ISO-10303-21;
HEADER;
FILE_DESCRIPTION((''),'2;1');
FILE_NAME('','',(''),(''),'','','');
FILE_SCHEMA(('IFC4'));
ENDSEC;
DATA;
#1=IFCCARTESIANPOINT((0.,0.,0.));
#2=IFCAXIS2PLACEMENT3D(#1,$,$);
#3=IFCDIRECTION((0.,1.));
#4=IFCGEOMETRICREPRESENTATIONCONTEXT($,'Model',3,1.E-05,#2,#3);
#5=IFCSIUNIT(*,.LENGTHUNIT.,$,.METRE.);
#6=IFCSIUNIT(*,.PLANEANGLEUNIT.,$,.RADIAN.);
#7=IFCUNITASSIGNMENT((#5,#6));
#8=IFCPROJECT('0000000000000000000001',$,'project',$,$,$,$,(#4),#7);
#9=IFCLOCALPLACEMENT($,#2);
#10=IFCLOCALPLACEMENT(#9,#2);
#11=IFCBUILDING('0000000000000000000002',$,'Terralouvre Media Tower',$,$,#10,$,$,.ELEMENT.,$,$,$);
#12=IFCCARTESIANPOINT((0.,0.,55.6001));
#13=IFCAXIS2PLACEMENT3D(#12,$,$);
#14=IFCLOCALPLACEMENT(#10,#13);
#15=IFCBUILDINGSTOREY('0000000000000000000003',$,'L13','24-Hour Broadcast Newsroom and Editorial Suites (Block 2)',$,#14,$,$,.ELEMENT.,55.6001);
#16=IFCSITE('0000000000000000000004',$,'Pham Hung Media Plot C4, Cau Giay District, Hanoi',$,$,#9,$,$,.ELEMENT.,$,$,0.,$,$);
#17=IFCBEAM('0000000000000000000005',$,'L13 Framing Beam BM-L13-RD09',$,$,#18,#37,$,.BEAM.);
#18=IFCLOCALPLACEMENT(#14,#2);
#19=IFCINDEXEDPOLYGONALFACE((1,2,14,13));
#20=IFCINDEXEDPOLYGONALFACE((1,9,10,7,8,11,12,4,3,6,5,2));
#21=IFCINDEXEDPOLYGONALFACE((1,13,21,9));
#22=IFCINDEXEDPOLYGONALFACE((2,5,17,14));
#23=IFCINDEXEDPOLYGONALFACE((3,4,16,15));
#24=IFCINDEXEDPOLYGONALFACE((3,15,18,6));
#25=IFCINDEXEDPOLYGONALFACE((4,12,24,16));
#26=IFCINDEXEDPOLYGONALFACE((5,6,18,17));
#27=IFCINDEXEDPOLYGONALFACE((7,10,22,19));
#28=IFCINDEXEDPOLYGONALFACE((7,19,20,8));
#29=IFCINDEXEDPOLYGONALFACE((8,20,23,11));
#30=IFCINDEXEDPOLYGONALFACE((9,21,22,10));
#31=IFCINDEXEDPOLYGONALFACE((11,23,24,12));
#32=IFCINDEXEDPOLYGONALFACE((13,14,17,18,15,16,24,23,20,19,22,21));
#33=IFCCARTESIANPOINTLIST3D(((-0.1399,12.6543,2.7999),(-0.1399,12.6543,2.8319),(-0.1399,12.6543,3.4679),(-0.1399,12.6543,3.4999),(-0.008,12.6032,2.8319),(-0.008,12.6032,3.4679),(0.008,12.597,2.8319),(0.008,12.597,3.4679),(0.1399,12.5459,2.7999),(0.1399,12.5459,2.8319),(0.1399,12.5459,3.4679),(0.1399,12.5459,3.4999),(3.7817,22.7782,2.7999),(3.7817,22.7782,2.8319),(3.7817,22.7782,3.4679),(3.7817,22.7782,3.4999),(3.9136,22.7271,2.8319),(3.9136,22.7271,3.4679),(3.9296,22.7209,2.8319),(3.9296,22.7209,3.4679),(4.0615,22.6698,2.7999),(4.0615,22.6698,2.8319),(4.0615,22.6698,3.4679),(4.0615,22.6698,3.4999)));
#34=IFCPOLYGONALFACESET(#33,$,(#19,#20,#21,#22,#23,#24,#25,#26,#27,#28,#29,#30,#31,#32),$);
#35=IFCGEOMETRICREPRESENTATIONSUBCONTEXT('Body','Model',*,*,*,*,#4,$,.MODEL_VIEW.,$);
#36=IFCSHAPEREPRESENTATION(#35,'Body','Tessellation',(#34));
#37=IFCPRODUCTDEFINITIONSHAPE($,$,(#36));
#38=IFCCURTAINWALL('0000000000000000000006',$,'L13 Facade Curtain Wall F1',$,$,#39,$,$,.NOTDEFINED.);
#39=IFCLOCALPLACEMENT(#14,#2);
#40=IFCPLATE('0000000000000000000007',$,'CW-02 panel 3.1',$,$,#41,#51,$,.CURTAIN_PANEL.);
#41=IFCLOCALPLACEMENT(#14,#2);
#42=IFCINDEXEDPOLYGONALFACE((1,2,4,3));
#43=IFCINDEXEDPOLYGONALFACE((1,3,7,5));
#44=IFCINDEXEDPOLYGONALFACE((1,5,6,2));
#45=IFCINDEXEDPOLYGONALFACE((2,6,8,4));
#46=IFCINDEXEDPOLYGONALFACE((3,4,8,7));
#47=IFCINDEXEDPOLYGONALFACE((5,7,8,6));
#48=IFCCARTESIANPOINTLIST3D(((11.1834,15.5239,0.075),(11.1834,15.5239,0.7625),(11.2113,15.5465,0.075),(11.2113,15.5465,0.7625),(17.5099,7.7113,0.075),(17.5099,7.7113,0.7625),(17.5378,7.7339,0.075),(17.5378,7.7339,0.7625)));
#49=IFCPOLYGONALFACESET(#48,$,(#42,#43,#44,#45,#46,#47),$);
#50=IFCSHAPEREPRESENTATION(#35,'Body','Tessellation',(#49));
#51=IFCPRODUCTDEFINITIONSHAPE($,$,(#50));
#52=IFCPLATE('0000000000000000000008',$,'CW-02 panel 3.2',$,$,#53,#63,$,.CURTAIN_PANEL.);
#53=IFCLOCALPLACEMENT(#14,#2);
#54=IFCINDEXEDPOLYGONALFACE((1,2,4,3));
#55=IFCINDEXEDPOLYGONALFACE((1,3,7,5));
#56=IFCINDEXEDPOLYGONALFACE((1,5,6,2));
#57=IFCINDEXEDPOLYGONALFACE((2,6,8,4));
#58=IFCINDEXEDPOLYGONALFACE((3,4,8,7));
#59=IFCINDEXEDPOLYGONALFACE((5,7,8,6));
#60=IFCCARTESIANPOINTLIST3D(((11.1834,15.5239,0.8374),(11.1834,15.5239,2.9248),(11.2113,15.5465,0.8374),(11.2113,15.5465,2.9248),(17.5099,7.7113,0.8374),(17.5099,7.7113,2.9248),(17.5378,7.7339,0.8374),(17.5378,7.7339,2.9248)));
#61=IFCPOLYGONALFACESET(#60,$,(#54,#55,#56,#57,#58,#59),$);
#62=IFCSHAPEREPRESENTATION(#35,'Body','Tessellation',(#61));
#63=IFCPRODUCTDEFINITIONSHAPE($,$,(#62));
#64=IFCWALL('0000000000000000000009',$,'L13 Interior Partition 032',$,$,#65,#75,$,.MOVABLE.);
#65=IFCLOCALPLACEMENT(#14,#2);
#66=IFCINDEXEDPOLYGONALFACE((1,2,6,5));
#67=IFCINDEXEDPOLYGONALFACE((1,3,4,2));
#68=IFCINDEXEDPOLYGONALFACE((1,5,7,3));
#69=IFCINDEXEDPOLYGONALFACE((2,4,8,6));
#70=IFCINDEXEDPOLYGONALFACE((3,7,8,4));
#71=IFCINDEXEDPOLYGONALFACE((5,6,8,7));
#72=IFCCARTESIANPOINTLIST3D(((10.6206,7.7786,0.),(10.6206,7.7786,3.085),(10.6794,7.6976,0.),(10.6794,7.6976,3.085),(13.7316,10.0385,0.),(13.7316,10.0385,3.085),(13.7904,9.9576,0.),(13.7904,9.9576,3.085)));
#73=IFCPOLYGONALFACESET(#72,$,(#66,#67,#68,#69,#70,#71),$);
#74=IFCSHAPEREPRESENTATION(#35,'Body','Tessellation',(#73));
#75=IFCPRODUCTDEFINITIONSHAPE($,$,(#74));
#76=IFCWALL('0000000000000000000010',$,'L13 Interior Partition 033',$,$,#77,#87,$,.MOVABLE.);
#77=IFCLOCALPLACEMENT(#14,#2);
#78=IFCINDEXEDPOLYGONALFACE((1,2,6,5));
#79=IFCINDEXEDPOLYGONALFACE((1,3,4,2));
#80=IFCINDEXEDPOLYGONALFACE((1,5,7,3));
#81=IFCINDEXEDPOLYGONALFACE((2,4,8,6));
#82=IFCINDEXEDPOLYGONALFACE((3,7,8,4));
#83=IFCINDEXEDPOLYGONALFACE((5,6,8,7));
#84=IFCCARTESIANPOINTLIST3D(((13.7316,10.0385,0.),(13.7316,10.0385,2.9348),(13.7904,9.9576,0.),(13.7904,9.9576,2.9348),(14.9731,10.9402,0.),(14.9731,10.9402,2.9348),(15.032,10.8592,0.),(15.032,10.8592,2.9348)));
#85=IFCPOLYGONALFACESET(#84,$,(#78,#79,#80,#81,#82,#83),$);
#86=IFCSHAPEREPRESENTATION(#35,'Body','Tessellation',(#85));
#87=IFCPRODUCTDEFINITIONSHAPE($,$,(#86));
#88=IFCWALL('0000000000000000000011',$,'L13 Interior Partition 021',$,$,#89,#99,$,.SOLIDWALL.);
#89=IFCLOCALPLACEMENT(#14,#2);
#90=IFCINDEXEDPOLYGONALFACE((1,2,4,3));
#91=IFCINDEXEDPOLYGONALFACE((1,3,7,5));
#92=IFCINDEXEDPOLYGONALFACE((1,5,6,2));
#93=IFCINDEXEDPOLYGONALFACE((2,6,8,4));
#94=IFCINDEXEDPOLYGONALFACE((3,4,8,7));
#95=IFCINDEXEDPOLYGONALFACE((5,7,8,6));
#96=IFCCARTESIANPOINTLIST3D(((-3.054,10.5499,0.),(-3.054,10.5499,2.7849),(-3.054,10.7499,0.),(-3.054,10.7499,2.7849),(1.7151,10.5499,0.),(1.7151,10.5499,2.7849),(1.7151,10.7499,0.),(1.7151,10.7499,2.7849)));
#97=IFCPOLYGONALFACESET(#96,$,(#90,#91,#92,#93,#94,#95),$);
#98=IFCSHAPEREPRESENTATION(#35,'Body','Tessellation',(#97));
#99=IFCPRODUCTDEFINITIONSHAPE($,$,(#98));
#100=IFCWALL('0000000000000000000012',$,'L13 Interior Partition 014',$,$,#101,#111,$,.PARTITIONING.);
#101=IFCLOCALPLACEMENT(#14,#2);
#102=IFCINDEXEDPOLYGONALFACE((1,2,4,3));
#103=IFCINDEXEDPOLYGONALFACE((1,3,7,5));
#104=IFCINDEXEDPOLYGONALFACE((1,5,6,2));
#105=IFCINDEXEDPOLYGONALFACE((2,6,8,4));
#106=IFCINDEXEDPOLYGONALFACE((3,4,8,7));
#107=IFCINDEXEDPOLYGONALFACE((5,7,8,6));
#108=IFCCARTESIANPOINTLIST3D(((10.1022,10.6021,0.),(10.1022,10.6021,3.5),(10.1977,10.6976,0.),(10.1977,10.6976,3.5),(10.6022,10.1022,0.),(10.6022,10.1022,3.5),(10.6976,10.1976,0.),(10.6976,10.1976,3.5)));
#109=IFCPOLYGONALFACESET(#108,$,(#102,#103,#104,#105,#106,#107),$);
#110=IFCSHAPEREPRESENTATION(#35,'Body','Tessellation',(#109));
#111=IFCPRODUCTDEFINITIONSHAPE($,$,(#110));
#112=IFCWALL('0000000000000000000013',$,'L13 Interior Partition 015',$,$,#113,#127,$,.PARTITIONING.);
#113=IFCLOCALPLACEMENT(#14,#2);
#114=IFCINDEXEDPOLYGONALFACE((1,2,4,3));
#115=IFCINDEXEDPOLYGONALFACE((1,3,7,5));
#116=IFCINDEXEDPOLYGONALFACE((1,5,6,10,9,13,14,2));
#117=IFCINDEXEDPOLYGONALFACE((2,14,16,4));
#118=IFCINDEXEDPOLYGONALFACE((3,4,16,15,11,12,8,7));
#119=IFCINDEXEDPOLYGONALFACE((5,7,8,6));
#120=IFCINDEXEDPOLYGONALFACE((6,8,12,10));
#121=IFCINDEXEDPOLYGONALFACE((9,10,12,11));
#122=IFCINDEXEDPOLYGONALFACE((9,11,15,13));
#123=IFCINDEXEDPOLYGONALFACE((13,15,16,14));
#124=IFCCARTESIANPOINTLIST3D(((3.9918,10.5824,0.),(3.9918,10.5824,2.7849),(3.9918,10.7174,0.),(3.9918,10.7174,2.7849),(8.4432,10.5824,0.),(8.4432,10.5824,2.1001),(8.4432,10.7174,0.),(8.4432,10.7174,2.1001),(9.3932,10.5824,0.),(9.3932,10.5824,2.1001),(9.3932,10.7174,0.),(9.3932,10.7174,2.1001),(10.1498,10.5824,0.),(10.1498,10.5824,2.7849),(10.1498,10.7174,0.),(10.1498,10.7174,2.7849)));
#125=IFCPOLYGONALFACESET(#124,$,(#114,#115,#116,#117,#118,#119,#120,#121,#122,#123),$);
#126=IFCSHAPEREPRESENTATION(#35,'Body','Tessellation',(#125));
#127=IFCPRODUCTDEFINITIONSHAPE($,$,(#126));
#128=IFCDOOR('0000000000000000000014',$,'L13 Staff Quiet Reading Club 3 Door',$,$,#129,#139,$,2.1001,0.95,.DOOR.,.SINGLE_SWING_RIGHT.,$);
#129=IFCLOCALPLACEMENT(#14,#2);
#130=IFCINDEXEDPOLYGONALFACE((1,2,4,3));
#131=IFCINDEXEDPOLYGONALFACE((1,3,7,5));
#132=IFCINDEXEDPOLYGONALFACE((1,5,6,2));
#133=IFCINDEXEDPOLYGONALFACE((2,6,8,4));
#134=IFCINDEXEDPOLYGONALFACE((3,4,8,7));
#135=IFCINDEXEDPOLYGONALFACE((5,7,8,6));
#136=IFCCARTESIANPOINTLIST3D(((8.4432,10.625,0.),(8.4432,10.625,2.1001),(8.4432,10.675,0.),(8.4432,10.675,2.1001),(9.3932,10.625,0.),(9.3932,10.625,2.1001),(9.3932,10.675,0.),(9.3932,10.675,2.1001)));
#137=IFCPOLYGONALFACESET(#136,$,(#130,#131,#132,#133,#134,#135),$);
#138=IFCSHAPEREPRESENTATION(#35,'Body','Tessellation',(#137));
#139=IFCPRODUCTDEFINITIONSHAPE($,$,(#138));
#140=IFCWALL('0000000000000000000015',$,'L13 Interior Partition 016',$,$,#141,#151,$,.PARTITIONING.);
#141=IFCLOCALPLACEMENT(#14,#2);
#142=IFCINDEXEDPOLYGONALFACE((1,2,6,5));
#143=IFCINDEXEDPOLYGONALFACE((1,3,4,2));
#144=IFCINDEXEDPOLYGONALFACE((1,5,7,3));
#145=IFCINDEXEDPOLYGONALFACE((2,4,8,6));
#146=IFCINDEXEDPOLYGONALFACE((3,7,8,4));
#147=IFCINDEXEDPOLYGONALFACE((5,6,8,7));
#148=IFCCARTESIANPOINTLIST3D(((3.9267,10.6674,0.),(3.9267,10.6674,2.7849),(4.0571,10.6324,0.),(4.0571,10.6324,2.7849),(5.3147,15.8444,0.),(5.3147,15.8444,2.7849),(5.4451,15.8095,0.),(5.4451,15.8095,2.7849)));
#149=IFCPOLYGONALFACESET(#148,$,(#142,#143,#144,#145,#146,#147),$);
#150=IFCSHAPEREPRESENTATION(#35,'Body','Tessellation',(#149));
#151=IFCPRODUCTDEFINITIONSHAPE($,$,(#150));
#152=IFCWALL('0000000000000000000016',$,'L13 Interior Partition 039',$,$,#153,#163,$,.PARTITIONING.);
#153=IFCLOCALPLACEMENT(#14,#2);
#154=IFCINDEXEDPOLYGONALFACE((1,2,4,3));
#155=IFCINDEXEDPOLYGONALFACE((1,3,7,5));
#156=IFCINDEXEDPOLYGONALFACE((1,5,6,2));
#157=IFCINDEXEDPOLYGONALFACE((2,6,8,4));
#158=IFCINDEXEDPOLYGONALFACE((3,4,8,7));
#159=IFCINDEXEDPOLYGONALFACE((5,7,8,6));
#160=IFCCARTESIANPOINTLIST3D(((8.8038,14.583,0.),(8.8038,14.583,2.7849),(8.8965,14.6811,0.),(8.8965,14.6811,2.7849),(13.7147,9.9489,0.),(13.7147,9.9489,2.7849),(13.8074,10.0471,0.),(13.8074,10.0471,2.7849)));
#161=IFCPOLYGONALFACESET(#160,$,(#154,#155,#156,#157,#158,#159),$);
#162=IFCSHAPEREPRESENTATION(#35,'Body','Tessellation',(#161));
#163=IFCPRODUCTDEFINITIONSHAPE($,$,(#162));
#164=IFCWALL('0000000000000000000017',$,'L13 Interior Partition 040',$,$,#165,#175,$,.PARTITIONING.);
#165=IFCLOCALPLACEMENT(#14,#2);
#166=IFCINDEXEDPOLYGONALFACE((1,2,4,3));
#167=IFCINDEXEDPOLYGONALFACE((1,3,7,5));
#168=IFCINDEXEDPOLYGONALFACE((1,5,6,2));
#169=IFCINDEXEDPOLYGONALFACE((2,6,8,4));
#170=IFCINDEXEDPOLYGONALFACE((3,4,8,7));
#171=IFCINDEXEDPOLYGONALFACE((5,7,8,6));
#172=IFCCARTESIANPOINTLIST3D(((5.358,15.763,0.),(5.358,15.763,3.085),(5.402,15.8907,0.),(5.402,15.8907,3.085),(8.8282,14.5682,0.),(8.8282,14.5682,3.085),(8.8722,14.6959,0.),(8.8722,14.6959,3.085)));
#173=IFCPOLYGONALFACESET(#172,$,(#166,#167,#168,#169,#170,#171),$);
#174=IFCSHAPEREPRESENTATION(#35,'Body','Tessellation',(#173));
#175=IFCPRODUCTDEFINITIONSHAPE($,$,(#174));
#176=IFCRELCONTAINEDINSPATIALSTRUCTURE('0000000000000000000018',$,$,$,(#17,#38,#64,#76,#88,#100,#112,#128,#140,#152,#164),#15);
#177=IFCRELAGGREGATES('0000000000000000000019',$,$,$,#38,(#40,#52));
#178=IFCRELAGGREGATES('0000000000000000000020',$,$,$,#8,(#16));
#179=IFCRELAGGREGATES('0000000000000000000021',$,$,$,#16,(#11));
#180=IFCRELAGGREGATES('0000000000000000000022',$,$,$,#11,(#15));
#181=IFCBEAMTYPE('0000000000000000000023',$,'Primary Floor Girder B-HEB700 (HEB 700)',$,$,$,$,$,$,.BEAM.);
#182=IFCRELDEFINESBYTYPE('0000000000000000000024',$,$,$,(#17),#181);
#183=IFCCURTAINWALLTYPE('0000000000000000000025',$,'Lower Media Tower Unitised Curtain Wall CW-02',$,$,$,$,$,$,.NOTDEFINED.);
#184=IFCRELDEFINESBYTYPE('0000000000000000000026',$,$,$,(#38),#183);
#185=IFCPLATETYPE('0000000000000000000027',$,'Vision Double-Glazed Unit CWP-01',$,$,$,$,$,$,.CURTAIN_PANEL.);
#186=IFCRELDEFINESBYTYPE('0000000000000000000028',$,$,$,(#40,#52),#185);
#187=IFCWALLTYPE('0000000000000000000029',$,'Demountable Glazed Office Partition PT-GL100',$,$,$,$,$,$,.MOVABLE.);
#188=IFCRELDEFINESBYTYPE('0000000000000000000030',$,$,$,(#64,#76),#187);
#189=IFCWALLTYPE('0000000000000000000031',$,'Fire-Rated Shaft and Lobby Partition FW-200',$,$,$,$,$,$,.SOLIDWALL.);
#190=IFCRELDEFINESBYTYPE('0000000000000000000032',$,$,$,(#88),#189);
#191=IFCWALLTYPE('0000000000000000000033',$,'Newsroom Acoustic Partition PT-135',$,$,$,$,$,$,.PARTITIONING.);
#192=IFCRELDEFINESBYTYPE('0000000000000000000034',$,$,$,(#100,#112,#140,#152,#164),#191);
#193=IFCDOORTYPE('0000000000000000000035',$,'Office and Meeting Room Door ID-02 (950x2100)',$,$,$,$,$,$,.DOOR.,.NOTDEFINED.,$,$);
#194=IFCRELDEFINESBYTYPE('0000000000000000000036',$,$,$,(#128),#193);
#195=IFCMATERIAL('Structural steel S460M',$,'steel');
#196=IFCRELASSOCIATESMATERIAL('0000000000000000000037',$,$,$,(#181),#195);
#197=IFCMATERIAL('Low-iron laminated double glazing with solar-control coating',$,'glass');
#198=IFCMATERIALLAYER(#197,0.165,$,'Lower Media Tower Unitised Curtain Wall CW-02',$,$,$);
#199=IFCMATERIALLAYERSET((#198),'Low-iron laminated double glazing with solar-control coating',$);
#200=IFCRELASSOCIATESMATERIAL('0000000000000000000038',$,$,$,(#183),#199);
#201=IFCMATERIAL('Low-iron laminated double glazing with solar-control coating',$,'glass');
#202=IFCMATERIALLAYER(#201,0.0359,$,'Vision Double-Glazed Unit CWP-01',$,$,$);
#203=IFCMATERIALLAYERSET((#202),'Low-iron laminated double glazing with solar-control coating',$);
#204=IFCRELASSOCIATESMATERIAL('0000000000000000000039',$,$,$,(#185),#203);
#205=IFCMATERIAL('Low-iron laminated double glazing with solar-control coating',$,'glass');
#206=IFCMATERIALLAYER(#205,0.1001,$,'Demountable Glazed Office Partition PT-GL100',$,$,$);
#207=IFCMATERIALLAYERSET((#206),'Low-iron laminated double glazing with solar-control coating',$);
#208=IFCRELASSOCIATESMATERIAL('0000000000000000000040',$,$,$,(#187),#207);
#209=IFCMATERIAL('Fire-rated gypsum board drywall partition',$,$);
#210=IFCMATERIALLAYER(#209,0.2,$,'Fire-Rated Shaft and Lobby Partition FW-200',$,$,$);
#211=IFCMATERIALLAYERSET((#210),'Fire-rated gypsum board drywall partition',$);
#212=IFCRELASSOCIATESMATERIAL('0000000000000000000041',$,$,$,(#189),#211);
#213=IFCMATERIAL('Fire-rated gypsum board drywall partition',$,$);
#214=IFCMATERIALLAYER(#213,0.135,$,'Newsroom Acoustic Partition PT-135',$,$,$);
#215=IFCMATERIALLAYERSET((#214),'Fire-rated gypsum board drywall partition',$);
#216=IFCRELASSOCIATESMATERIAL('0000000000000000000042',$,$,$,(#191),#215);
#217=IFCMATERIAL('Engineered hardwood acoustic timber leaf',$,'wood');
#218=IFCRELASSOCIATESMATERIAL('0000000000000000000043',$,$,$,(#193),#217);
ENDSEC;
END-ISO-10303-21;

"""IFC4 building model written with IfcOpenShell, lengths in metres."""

from ifc_helpers import new_model, si_unit, direction, frame, frame_2d, origin, origin_2d, place, context, subcontext, project, spatial, rectangle, i_section, extrude, material, layer, layer_set, material_profile, profile_set, type_object, element, fill, aggregate, save


model = new_model("IFC4")

# Units and contexts
model_context = context("Model", 3, precision=1e-05, world=origin(), true_north=direction((0.0, 1.0)))
body_context = subcontext(model_context, "Body", "Model", "MODEL_VIEW")
ifc_project = project(units=[si_unit("LENGTHUNIT", "METRE"), si_unit("PLANEANGLEUNIT", "RADIAN")], contexts=[model_context])

# Site, building, storey
site_placement = place(None, origin())
site = spatial("IfcSite", under=ifc_project, at=site_placement, Name="Pham Hung Media Plot C4, Cau Giay District, Hanoi", CompositionType="ELEMENT", RefElevation=0.0)
building_placement = place(site_placement, origin())
building = spatial("IfcBuilding", under=site, at=building_placement, Name="Terralouvre Media Tower", CompositionType="ELEMENT")
storey_placement = place(building_placement, frame((0.0, 0.0, 55.6001)))
storey = spatial("IfcBuildingStorey", under=building, at=storey_placement, Name="L13", Description="24-Hour Broadcast Newsroom and Editorial Suites (Block 2)", CompositionType="ELEMENT", Elevation=55.6001)

# Beam
ifc_material_1 = material(Name="Structural steel S460M", Category="steel")
ifc_material_profile_1 = material_profile(ifc_material_1, i_section(OverallWidth=0.3, OverallDepth=0.7, WebThickness=0.0171, FlangeThickness=0.032, at=origin_2d()), Name="HEB 700")
ifc_profile_set_1 = profile_set([ifc_material_profile_1], Name="Structural steel S460M")
beam_type_1 = type_object("IfcBeamType", Name="Primary Floor Girder B-HEB700 (HEB 700)", PredefinedType="BEAM", material=ifc_profile_set_1)
beam_1_placement = place(storey_placement, frame((0.0, 12.6001, 3.1499), z_axis=(0.361207, 0.932486, 0.0), x_axis=(-0.932486, 0.361207, 0.0)))
element("IfcBeam", 1, at=beam_1_placement, inside=storey, type_object=beam_type_1, Name="L13 Framing Beam BM-L13-RD09", PredefinedType="BEAM", context=body_context, shape_type="SweptSolid", body=[
    extrude(i_section(OverallWidth=0.3, OverallDepth=0.7, WebThickness=0.0171, FlangeThickness=0.032, at=origin_2d()), origin(), (0.0, 0.0, 1.0), 10.8569),
])

# Curtain wall, plates
ifc_material_2 = material(Name="Low-iron laminated double glazing with solar-control coating", Category="glass")
ifc_layer_1 = layer(ifc_material_2, 0.165, Name="Lower Media Tower Unitised Curtain Wall CW-02")
ifc_layer_set_1 = layer_set([ifc_layer_1], Name="Low-iron laminated double glazing with solar-control coating")
curtain_wall_type = type_object("IfcCurtainWallType", Name="Lower Media Tower Unitised Curtain Wall CW-02", PredefinedType="NOTDEFINED", material=ifc_layer_set_1)
curtain_wall_placement = place(storey_placement, origin())
curtain_wall = element("IfcCurtainWall", 2, at=curtain_wall_placement, inside=storey, type_object=curtain_wall_type, Name="L13 Facade Curtain Wall F1", PredefinedType="NOTDEFINED")
ifc_material_3 = material(Name="Low-iron laminated double glazing with solar-control coating", Category="glass")
ifc_layer_2 = layer(ifc_material_3, 0.0359, Name="Vision Double-Glazed Unit CWP-01")
ifc_layer_set_2 = layer_set([ifc_layer_2], Name="Low-iron laminated double glazing with solar-control coating")
plate_type = type_object("IfcPlateType", Name="Vision Double-Glazed Unit CWP-01", PredefinedType="CURTAIN_PANEL", material=ifc_layer_set_2)
plate_1_placement = place(storey_placement, frame((14.3606, 11.6289, 0.075), z_axis=(0.0, 0.0, 1.0), x_axis=(-0.62932, 0.777146, 0.0)))
plate_1 = element("IfcPlate", 3, at=plate_1_placement, type_object=plate_type, Name="CW-02 panel 3.1", PredefinedType="CURTAIN_PANEL", context=body_context, shape_type="SweptSolid", body=[
    extrude(rectangle(XDim=10.053, YDim=0.0359, at=origin_2d()), origin(), (0.0, 0.0, 1.0), 0.6875),
])
plate_2_placement = place(storey_placement, frame((14.3606, 11.6289, 0.8374), z_axis=(0.0, 0.0, 1.0), x_axis=(-0.62932, 0.777146, 0.0)))
plate_2 = element("IfcPlate", 4, at=plate_2_placement, type_object=plate_type, Name="CW-02 panel 3.2", PredefinedType="CURTAIN_PANEL", context=body_context, shape_type="SweptSolid", body=[
    extrude(rectangle(XDim=10.053, YDim=0.0359, at=origin_2d()), origin(), (0.0, 0.0, 1.0), 2.0874),
])
aggregate(curtain_wall, [plate_1, plate_2])

# Walls
ifc_material_4 = material(Name="Low-iron laminated double glazing with solar-control coating", Category="glass")
ifc_layer_3 = layer(ifc_material_4, 0.1001, Name="Demountable Glazed Office Partition PT-GL100")
ifc_layer_set_3 = layer_set([ifc_layer_3], Name="Low-iron laminated double glazing with solar-control coating")
wall_type_1 = type_object("IfcWallType", Name="Demountable Glazed Office Partition PT-GL100", PredefinedType="MOVABLE", material=ifc_layer_set_3)
wall_1_placement = place(storey_placement, frame((13.761, 9.998, 0.0), z_axis=(0.0, 0.0, 1.0), x_axis=(-0.809057, -0.58773, 0.0)))
element("IfcWall", 5, at=wall_1_placement, inside=storey, type_object=wall_type_1, Name="L13 Interior Partition 032", PredefinedType="MOVABLE", context=body_context, shape_type="SweptSolid", body=[
    extrude(rectangle(XDim=3.8452, YDim=0.1001, at=frame_2d((1.9226, 0.0))), origin(), (0.0, 0.0, 1.0), 3.085),
])
wall_2_placement = place(storey_placement, frame((15.0024, 10.8997, 0.0), z_axis=(0.0, 0.0, 1.0), x_axis=(-0.809128, -0.587632, 0.0)))
element("IfcWall", 6, at=wall_2_placement, inside=storey, type_object=wall_type_1, Name="L13 Interior Partition 033", PredefinedType="MOVABLE", context=body_context, shape_type="SweptSolid", body=[
    extrude(rectangle(XDim=1.5344, YDim=0.1001, at=frame_2d((0.7671, 0.0))), origin(), (0.0, 0.0, 1.0), 2.9348),
])
ifc_material_5 = material(Name="Fire-rated gypsum board drywall partition")
ifc_layer_4 = layer(ifc_material_5, 0.2, Name="Fire-Rated Shaft and Lobby Partition FW-200")
ifc_layer_set_4 = layer_set([ifc_layer_4], Name="Fire-rated gypsum board drywall partition")
wall_type_2 = type_object("IfcWallType", Name="Fire-Rated Shaft and Lobby Partition FW-200", PredefinedType="SOLIDWALL", material=ifc_layer_set_4)
wall_3_placement = place(storey_placement, frame((1.7151, 10.6499, 0.0), z_axis=(0.0, 0.0, 1.0), x_axis=(-1.0, 0.0, 0.0)))
element("IfcWall", 7, at=wall_3_placement, inside=storey, type_object=wall_type_2, Name="L13 Interior Partition 021", PredefinedType="SOLIDWALL", context=body_context, shape_type="SweptSolid", body=[
    extrude(rectangle(XDim=4.769, YDim=0.2, at=frame_2d((2.3845, 0.0))), origin(), (0.0, 0.0, 1.0), 2.7849),
])
ifc_material_6 = material(Name="Fire-rated gypsum board drywall partition")
ifc_layer_5 = layer(ifc_material_6, 0.135, Name="Newsroom Acoustic Partition PT-135")
ifc_layer_set_5 = layer_set([ifc_layer_5], Name="Fire-rated gypsum board drywall partition")
wall_type_3 = type_object("IfcWallType", Name="Newsroom Acoustic Partition PT-135", PredefinedType="PARTITIONING", material=ifc_layer_set_5)
wall_4_placement = place(storey_placement, frame((10.6499, 10.1499, 0.0), z_axis=(0.0, 0.0, 1.0), x_axis=(-0.707107, 0.707107, 0.0)))
element("IfcWall", 8, at=wall_4_placement, inside=storey, type_object=wall_type_3, Name="L13 Interior Partition 014", PredefinedType="PARTITIONING", context=body_context, shape_type="SweptSolid", body=[
    extrude(rectangle(XDim=0.707, YDim=0.135, at=frame_2d((0.3535, 0.0))), origin(), (0.0, 0.0, 1.0), 3.5),
])

# Wall, opening, door
wall_5_placement = place(storey_placement, frame((10.1499, 10.6499, 0.0), z_axis=(0.0, 0.0, 1.0), x_axis=(-1.0, 0.0, 0.0)))
wall_5 = element("IfcWall", 9, at=wall_5_placement, inside=storey, type_object=wall_type_3, Name="L13 Interior Partition 015", PredefinedType="PARTITIONING", context=body_context, shape_type="SweptSolid", body=[
    extrude(rectangle(XDim=6.158, YDim=0.135, at=frame_2d((3.0791, 0.0))), origin(), (0.0, 0.0, 1.0), 2.7849),
])
opening_placement = place(wall_5_placement, frame((0.7566, 0.0, 0.0)))
opening = element("IfcOpeningElement", 10, at=opening_placement, cuts=wall_5, PredefinedType="OPENING", context=body_context, shape_type="SweptSolid", body=[
    extrude(rectangle(XDim=0.95, YDim=2.1001, at=frame_2d((0.4751, 1.05))), frame((0.0, 0.0774, 0.0), z_axis=(0.0, -1.0, 0.0), x_axis=(1.0, 0.0, 0.0)), (0.0, 0.0, 1.0), 0.155),
])
ifc_material_7 = material(Name="Engineered hardwood acoustic timber leaf", Category="wood")
door_type = type_object("IfcDoorType", Name="Office and Meeting Room Door ID-02 (950x2100)", OperationType="NOTDEFINED", PredefinedType="DOOR", material=ifc_material_7)
door_placement = place(opening_placement, origin())
door = element("IfcDoor", 11, at=door_placement, inside=storey, type_object=door_type, Name="L13 Staff Quiet Reading Club 3 Door", OperationType="SINGLE_SWING_RIGHT", OverallHeight=2.1001, OverallWidth=0.95, PredefinedType="DOOR", context=body_context, shape_type="SweptSolid", body=[
    extrude(rectangle(XDim=0.95, YDim=2.1001, at=frame_2d((0.4751, 1.05))), frame((0.0, 0.0249, 0.0), z_axis=(0.0, -1.0, 0.0), x_axis=(1.0, 0.0, 0.0)), (0.0, 0.0, 1.0), 0.05),
])
fill(opening, door)

# Walls
wall_6_placement = place(storey_placement, frame((3.9919, 10.6499, 0.0), z_axis=(0.0, 0.0, 1.0), x_axis=(0.258952, 0.96589, 0.0)))
element("IfcWall", 12, at=wall_6_placement, inside=storey, type_object=wall_type_3, Name="L13 Interior Partition 016", PredefinedType="PARTITIONING", context=body_context, shape_type="SweptSolid", body=[
    extrude(rectangle(XDim=5.3599, YDim=0.135, at=frame_2d((2.6799, 0.0))), origin(), (0.0, 0.0, 1.0), 2.7849),
])
wall_7_placement = place(storey_placement, frame((13.761, 9.998, 0.0), z_axis=(0.0, 0.0, 1.0), x_axis=(-0.727311, 0.686308, 0.0)))
element("IfcWall", 13, at=wall_7_placement, inside=storey, type_object=wall_type_3, Name="L13 Interior Partition 039", PredefinedType="PARTITIONING", context=body_context, shape_type="SweptSolid", body=[
    extrude(rectangle(XDim=6.7522, YDim=0.135, at=frame_2d((3.376, 0.0))), origin(), (0.0, 0.0, 1.0), 2.7849),
])
wall_8_placement = place(storey_placement, frame((8.8501, 14.6321, 0.0), z_axis=(0.0, 0.0, 1.0), x_axis=(-0.945524, 0.325552, 0.0)))
element("IfcWall", 14, at=wall_8_placement, inside=storey, type_object=wall_type_3, Name="L13 Interior Partition 040", PredefinedType="PARTITIONING", context=body_context, shape_type="SweptSolid", body=[
    extrude(rectangle(XDim=3.6702, YDim=0.135, at=frame_2d((1.835, 0.0))), origin(), (0.0, 0.0, 1.0), 3.085),
])

save(model, "model.ifc")
